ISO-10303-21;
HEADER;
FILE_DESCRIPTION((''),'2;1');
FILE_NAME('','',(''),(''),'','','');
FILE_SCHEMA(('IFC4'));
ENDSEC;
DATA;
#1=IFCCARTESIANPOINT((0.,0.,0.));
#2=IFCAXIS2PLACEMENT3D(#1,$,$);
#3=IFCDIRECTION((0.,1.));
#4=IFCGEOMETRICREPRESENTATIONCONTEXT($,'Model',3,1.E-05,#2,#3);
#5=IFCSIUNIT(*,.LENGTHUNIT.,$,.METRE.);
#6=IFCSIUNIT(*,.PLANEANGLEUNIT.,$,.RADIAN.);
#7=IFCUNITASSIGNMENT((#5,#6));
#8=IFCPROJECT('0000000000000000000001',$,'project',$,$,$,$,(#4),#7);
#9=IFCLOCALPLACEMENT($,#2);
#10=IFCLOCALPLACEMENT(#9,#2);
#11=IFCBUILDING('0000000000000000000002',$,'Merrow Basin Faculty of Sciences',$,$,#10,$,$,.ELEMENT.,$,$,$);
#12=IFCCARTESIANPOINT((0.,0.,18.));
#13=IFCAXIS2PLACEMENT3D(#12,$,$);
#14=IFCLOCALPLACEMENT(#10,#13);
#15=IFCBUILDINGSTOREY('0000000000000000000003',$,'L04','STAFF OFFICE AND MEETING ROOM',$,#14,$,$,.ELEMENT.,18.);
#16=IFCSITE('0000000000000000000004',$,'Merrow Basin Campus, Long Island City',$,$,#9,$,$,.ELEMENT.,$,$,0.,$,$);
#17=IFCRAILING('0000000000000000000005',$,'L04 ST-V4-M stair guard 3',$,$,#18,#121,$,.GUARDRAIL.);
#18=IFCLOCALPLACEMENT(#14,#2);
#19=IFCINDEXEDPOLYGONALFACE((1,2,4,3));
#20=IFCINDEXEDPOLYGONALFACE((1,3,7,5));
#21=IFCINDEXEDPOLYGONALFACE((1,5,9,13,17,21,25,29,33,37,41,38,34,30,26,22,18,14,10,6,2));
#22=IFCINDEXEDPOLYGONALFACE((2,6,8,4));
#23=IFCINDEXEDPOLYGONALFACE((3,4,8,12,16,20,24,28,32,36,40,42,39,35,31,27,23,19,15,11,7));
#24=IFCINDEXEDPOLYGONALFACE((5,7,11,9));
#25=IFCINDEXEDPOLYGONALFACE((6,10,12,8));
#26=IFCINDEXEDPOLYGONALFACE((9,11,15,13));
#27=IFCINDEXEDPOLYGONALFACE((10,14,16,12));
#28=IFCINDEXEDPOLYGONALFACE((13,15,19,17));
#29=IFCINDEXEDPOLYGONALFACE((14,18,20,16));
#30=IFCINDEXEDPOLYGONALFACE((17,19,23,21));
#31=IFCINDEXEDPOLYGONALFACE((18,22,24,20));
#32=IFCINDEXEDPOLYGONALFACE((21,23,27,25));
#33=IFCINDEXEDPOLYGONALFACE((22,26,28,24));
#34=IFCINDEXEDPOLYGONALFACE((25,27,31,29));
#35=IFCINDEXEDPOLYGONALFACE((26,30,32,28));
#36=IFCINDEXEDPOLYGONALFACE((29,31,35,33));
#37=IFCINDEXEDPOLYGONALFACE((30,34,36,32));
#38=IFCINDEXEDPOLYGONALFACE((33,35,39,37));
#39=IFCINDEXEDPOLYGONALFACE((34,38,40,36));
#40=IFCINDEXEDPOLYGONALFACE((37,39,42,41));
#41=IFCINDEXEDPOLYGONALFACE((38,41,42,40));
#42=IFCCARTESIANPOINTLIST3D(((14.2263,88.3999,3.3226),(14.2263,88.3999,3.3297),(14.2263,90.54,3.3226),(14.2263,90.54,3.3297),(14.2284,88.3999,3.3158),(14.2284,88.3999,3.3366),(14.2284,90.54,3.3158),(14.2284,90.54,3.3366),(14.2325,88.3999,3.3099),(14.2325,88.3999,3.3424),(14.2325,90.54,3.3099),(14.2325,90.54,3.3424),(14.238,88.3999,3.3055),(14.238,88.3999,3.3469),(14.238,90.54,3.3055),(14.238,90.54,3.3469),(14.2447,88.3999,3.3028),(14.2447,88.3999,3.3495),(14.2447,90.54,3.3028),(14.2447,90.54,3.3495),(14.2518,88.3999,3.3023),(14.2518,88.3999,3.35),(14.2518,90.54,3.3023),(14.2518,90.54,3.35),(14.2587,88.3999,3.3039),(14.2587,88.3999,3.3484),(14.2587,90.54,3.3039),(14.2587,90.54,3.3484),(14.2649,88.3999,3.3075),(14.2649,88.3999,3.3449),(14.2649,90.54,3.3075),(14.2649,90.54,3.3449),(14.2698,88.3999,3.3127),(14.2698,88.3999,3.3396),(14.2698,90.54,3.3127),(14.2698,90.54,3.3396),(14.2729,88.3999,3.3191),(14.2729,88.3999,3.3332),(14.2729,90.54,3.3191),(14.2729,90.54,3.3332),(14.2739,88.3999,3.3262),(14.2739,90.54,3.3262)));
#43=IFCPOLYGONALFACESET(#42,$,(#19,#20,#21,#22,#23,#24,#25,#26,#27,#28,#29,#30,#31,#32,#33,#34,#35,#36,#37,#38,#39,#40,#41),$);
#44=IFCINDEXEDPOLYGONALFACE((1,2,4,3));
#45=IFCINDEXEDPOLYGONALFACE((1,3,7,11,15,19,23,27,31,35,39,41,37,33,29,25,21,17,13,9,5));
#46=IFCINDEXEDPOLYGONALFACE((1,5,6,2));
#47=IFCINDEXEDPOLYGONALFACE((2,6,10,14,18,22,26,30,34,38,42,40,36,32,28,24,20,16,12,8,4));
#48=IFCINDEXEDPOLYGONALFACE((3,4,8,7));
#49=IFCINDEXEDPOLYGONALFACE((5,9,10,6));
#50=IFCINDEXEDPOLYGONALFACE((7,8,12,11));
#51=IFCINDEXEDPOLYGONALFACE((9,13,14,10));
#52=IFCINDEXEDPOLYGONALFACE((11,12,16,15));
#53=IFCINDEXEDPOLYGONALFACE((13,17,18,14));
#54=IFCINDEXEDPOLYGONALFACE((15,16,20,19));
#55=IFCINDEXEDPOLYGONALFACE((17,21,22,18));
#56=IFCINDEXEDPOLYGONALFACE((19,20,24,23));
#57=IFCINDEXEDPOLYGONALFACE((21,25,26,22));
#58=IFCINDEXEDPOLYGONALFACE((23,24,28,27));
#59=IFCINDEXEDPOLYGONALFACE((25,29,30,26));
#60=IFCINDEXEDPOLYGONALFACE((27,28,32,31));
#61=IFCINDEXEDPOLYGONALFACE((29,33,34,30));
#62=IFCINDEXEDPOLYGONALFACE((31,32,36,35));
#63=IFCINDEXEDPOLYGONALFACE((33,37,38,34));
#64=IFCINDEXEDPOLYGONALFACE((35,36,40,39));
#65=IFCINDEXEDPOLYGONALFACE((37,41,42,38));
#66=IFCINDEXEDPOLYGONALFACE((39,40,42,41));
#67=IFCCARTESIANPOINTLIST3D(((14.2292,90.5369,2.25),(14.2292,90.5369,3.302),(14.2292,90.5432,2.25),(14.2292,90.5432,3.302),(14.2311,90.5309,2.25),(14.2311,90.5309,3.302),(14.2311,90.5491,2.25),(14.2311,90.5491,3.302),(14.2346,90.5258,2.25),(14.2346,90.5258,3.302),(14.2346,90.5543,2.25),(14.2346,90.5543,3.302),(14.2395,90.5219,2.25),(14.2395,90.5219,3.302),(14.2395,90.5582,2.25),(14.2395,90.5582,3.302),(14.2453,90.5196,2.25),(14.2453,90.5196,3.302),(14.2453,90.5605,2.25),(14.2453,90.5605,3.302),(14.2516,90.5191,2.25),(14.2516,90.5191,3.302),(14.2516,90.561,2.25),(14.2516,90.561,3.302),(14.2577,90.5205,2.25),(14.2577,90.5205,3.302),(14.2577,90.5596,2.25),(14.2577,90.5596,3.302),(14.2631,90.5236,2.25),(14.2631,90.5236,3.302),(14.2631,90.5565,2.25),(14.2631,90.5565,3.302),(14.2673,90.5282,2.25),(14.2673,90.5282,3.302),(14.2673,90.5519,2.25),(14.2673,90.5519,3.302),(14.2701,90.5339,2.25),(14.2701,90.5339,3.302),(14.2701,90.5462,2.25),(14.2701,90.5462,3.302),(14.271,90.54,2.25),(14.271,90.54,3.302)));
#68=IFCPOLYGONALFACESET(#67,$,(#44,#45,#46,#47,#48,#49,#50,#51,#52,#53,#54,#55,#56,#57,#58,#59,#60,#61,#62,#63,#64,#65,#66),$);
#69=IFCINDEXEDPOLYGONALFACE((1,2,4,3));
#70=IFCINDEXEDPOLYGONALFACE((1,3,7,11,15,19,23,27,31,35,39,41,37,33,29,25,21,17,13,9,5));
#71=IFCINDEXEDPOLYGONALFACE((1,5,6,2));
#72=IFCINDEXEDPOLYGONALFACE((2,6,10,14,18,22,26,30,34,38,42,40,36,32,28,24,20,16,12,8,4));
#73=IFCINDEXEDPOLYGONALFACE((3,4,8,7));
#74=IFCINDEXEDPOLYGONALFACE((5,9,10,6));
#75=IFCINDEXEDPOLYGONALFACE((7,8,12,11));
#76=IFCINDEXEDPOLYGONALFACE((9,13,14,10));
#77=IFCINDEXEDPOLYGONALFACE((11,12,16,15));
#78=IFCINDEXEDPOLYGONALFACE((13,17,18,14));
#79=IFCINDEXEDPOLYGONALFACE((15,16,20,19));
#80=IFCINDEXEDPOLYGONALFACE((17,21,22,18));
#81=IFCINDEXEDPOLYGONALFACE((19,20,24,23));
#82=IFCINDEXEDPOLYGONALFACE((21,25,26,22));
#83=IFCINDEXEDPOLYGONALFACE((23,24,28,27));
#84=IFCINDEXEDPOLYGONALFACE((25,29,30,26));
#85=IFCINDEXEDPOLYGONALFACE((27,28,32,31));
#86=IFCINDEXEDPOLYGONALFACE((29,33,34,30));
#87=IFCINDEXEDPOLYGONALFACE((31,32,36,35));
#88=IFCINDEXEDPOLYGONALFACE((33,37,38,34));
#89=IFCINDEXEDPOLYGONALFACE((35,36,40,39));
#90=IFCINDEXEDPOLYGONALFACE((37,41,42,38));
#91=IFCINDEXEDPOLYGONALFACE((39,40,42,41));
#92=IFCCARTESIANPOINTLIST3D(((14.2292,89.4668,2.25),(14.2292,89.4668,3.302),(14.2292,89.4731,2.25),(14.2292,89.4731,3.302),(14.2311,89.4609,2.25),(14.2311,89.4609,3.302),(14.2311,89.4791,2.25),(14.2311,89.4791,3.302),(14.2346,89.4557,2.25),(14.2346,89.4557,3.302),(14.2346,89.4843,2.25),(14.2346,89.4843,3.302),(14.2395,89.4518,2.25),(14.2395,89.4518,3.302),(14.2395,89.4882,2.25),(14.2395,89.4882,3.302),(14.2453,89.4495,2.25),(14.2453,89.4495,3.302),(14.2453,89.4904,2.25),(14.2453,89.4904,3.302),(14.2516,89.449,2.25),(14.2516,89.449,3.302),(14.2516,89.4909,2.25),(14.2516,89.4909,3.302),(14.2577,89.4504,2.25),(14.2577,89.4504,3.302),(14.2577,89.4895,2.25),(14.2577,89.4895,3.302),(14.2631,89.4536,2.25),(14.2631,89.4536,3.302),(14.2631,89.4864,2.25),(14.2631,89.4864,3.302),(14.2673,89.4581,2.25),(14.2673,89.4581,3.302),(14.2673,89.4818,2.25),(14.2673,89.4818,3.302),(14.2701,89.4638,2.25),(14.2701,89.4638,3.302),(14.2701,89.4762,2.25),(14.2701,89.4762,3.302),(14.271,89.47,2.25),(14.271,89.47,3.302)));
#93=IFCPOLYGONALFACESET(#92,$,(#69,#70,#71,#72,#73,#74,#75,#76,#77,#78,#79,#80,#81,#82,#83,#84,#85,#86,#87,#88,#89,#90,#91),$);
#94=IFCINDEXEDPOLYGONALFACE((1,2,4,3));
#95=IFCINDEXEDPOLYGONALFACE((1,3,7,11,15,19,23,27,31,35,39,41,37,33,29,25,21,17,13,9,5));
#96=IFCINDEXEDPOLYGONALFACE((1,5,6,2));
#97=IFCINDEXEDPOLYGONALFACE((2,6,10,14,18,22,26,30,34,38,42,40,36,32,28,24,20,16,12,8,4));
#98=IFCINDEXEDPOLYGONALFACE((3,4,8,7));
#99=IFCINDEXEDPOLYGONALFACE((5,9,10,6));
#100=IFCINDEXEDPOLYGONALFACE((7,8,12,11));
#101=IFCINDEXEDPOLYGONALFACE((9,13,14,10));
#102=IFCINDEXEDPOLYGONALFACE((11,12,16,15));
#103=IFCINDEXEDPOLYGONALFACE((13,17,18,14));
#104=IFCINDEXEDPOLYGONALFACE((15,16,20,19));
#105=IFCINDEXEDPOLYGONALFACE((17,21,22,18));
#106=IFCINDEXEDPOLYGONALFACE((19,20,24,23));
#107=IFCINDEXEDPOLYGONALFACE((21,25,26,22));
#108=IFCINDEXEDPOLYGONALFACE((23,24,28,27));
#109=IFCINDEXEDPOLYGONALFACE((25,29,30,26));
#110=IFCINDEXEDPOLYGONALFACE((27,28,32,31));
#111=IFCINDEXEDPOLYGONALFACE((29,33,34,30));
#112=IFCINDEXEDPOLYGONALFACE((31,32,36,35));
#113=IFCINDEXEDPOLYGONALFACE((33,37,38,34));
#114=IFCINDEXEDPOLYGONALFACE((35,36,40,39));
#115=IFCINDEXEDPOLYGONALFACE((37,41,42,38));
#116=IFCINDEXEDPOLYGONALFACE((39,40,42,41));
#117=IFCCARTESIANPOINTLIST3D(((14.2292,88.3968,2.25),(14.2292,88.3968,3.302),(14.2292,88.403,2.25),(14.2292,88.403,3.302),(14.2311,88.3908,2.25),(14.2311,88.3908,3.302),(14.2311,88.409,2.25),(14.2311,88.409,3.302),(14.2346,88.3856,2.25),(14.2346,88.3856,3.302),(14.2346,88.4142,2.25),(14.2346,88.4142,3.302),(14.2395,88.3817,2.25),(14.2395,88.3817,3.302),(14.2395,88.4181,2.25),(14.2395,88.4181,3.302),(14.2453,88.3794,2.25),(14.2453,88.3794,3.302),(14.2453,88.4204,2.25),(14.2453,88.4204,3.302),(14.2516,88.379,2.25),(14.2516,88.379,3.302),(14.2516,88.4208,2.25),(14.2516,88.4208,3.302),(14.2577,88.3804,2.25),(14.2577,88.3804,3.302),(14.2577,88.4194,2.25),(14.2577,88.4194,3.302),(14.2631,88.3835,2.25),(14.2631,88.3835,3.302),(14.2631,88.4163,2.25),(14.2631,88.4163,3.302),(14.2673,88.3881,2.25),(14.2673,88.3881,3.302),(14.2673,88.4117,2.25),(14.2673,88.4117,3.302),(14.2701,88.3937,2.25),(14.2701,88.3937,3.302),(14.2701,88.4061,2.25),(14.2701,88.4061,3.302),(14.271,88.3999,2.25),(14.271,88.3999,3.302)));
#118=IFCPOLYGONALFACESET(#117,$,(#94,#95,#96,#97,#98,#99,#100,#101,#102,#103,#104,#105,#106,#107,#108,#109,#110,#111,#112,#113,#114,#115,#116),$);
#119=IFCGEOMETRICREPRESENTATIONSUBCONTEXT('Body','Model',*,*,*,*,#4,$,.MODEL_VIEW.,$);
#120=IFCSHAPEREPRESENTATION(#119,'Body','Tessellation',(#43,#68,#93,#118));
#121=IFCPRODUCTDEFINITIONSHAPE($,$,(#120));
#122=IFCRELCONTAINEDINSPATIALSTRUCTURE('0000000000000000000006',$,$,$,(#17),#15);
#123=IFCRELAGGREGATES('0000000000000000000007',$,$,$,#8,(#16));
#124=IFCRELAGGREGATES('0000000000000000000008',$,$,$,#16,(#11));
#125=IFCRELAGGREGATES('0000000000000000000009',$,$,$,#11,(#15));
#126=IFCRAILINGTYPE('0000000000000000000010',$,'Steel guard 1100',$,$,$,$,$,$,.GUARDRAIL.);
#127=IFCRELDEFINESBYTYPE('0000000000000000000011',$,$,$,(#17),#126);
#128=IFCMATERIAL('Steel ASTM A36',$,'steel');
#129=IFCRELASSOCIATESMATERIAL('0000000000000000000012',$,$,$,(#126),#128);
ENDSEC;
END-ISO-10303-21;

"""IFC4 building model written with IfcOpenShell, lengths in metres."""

from ifc_helpers import new_model, si_unit, direction, frame, origin, origin_2d, place, context, subcontext, project, spatial, circle, extrude, material, type_object, element, save


model = new_model("IFC4")

# Units and contexts
model_context = context("Model", 3, precision=1e-05, world=origin(), true_north=direction((0.0, 1.0)))
body_context = subcontext(model_context, "Body", "Model", "MODEL_VIEW")
ifc_project = project(units=[si_unit("LENGTHUNIT", "METRE"), si_unit("PLANEANGLEUNIT", "RADIAN")], contexts=[model_context])

# Site, building, storey
site_placement = place(None, origin())
site = spatial("IfcSite", under=ifc_project, at=site_placement, Name="Merrow Basin Campus, Long Island City", CompositionType="ELEMENT", RefElevation=0.0)
building_placement = place(site_placement, origin())
building = spatial("IfcBuilding", under=site, at=building_placement, Name="Merrow Basin Faculty of Sciences", CompositionType="ELEMENT")
storey_placement = place(building_placement, frame((0.0, 0.0, 18.0)))
storey = spatial("IfcBuildingStorey", under=building, at=storey_placement, Name="L04", Description="STAFF OFFICE AND MEETING ROOM", CompositionType="ELEMENT", Elevation=18.0)

# Railing
ifc_material_1 = material(Name="Steel ASTM A36", Category="steel")
railing_type_1 = type_object("IfcRailingType", Name="Steel guard 1100", PredefinedType="GUARDRAIL", material=ifc_material_1)
railing_1_placement = place(storey_placement, frame((14.25, 90.54, 2.25)))
element("IfcRailing", 1, at=railing_1_placement, inside=storey, type_object=railing_type_1, Name="L04 ST-V4-M stair guard 3", PredefinedType="GUARDRAIL", context=body_context, shape_type="SweptSolid", body=[
    extrude(circle(Radius=0.0239, at=origin_2d()), frame((0.0, 0.0, 1.0762), z_axis=(0.0, -1.0, 0.0), x_axis=(1.0, 0.0, 0.0)), (0.0, 0.0, 1.0), 2.1401),
    extrude(circle(Radius=0.021, at=origin_2d()), origin(), (0.0, 0.0, 1.0), 1.052),
    extrude(circle(Radius=0.021, at=origin_2d()), frame((0.0, -1.0701, 0.0)), (0.0, 0.0, 1.0), 1.052),
    extrude(circle(Radius=0.021, at=origin_2d()), frame((0.0, -2.1401, 0.0)), (0.0, 0.0, 1.0), 1.052),
])

save(model, "model.ifc")
